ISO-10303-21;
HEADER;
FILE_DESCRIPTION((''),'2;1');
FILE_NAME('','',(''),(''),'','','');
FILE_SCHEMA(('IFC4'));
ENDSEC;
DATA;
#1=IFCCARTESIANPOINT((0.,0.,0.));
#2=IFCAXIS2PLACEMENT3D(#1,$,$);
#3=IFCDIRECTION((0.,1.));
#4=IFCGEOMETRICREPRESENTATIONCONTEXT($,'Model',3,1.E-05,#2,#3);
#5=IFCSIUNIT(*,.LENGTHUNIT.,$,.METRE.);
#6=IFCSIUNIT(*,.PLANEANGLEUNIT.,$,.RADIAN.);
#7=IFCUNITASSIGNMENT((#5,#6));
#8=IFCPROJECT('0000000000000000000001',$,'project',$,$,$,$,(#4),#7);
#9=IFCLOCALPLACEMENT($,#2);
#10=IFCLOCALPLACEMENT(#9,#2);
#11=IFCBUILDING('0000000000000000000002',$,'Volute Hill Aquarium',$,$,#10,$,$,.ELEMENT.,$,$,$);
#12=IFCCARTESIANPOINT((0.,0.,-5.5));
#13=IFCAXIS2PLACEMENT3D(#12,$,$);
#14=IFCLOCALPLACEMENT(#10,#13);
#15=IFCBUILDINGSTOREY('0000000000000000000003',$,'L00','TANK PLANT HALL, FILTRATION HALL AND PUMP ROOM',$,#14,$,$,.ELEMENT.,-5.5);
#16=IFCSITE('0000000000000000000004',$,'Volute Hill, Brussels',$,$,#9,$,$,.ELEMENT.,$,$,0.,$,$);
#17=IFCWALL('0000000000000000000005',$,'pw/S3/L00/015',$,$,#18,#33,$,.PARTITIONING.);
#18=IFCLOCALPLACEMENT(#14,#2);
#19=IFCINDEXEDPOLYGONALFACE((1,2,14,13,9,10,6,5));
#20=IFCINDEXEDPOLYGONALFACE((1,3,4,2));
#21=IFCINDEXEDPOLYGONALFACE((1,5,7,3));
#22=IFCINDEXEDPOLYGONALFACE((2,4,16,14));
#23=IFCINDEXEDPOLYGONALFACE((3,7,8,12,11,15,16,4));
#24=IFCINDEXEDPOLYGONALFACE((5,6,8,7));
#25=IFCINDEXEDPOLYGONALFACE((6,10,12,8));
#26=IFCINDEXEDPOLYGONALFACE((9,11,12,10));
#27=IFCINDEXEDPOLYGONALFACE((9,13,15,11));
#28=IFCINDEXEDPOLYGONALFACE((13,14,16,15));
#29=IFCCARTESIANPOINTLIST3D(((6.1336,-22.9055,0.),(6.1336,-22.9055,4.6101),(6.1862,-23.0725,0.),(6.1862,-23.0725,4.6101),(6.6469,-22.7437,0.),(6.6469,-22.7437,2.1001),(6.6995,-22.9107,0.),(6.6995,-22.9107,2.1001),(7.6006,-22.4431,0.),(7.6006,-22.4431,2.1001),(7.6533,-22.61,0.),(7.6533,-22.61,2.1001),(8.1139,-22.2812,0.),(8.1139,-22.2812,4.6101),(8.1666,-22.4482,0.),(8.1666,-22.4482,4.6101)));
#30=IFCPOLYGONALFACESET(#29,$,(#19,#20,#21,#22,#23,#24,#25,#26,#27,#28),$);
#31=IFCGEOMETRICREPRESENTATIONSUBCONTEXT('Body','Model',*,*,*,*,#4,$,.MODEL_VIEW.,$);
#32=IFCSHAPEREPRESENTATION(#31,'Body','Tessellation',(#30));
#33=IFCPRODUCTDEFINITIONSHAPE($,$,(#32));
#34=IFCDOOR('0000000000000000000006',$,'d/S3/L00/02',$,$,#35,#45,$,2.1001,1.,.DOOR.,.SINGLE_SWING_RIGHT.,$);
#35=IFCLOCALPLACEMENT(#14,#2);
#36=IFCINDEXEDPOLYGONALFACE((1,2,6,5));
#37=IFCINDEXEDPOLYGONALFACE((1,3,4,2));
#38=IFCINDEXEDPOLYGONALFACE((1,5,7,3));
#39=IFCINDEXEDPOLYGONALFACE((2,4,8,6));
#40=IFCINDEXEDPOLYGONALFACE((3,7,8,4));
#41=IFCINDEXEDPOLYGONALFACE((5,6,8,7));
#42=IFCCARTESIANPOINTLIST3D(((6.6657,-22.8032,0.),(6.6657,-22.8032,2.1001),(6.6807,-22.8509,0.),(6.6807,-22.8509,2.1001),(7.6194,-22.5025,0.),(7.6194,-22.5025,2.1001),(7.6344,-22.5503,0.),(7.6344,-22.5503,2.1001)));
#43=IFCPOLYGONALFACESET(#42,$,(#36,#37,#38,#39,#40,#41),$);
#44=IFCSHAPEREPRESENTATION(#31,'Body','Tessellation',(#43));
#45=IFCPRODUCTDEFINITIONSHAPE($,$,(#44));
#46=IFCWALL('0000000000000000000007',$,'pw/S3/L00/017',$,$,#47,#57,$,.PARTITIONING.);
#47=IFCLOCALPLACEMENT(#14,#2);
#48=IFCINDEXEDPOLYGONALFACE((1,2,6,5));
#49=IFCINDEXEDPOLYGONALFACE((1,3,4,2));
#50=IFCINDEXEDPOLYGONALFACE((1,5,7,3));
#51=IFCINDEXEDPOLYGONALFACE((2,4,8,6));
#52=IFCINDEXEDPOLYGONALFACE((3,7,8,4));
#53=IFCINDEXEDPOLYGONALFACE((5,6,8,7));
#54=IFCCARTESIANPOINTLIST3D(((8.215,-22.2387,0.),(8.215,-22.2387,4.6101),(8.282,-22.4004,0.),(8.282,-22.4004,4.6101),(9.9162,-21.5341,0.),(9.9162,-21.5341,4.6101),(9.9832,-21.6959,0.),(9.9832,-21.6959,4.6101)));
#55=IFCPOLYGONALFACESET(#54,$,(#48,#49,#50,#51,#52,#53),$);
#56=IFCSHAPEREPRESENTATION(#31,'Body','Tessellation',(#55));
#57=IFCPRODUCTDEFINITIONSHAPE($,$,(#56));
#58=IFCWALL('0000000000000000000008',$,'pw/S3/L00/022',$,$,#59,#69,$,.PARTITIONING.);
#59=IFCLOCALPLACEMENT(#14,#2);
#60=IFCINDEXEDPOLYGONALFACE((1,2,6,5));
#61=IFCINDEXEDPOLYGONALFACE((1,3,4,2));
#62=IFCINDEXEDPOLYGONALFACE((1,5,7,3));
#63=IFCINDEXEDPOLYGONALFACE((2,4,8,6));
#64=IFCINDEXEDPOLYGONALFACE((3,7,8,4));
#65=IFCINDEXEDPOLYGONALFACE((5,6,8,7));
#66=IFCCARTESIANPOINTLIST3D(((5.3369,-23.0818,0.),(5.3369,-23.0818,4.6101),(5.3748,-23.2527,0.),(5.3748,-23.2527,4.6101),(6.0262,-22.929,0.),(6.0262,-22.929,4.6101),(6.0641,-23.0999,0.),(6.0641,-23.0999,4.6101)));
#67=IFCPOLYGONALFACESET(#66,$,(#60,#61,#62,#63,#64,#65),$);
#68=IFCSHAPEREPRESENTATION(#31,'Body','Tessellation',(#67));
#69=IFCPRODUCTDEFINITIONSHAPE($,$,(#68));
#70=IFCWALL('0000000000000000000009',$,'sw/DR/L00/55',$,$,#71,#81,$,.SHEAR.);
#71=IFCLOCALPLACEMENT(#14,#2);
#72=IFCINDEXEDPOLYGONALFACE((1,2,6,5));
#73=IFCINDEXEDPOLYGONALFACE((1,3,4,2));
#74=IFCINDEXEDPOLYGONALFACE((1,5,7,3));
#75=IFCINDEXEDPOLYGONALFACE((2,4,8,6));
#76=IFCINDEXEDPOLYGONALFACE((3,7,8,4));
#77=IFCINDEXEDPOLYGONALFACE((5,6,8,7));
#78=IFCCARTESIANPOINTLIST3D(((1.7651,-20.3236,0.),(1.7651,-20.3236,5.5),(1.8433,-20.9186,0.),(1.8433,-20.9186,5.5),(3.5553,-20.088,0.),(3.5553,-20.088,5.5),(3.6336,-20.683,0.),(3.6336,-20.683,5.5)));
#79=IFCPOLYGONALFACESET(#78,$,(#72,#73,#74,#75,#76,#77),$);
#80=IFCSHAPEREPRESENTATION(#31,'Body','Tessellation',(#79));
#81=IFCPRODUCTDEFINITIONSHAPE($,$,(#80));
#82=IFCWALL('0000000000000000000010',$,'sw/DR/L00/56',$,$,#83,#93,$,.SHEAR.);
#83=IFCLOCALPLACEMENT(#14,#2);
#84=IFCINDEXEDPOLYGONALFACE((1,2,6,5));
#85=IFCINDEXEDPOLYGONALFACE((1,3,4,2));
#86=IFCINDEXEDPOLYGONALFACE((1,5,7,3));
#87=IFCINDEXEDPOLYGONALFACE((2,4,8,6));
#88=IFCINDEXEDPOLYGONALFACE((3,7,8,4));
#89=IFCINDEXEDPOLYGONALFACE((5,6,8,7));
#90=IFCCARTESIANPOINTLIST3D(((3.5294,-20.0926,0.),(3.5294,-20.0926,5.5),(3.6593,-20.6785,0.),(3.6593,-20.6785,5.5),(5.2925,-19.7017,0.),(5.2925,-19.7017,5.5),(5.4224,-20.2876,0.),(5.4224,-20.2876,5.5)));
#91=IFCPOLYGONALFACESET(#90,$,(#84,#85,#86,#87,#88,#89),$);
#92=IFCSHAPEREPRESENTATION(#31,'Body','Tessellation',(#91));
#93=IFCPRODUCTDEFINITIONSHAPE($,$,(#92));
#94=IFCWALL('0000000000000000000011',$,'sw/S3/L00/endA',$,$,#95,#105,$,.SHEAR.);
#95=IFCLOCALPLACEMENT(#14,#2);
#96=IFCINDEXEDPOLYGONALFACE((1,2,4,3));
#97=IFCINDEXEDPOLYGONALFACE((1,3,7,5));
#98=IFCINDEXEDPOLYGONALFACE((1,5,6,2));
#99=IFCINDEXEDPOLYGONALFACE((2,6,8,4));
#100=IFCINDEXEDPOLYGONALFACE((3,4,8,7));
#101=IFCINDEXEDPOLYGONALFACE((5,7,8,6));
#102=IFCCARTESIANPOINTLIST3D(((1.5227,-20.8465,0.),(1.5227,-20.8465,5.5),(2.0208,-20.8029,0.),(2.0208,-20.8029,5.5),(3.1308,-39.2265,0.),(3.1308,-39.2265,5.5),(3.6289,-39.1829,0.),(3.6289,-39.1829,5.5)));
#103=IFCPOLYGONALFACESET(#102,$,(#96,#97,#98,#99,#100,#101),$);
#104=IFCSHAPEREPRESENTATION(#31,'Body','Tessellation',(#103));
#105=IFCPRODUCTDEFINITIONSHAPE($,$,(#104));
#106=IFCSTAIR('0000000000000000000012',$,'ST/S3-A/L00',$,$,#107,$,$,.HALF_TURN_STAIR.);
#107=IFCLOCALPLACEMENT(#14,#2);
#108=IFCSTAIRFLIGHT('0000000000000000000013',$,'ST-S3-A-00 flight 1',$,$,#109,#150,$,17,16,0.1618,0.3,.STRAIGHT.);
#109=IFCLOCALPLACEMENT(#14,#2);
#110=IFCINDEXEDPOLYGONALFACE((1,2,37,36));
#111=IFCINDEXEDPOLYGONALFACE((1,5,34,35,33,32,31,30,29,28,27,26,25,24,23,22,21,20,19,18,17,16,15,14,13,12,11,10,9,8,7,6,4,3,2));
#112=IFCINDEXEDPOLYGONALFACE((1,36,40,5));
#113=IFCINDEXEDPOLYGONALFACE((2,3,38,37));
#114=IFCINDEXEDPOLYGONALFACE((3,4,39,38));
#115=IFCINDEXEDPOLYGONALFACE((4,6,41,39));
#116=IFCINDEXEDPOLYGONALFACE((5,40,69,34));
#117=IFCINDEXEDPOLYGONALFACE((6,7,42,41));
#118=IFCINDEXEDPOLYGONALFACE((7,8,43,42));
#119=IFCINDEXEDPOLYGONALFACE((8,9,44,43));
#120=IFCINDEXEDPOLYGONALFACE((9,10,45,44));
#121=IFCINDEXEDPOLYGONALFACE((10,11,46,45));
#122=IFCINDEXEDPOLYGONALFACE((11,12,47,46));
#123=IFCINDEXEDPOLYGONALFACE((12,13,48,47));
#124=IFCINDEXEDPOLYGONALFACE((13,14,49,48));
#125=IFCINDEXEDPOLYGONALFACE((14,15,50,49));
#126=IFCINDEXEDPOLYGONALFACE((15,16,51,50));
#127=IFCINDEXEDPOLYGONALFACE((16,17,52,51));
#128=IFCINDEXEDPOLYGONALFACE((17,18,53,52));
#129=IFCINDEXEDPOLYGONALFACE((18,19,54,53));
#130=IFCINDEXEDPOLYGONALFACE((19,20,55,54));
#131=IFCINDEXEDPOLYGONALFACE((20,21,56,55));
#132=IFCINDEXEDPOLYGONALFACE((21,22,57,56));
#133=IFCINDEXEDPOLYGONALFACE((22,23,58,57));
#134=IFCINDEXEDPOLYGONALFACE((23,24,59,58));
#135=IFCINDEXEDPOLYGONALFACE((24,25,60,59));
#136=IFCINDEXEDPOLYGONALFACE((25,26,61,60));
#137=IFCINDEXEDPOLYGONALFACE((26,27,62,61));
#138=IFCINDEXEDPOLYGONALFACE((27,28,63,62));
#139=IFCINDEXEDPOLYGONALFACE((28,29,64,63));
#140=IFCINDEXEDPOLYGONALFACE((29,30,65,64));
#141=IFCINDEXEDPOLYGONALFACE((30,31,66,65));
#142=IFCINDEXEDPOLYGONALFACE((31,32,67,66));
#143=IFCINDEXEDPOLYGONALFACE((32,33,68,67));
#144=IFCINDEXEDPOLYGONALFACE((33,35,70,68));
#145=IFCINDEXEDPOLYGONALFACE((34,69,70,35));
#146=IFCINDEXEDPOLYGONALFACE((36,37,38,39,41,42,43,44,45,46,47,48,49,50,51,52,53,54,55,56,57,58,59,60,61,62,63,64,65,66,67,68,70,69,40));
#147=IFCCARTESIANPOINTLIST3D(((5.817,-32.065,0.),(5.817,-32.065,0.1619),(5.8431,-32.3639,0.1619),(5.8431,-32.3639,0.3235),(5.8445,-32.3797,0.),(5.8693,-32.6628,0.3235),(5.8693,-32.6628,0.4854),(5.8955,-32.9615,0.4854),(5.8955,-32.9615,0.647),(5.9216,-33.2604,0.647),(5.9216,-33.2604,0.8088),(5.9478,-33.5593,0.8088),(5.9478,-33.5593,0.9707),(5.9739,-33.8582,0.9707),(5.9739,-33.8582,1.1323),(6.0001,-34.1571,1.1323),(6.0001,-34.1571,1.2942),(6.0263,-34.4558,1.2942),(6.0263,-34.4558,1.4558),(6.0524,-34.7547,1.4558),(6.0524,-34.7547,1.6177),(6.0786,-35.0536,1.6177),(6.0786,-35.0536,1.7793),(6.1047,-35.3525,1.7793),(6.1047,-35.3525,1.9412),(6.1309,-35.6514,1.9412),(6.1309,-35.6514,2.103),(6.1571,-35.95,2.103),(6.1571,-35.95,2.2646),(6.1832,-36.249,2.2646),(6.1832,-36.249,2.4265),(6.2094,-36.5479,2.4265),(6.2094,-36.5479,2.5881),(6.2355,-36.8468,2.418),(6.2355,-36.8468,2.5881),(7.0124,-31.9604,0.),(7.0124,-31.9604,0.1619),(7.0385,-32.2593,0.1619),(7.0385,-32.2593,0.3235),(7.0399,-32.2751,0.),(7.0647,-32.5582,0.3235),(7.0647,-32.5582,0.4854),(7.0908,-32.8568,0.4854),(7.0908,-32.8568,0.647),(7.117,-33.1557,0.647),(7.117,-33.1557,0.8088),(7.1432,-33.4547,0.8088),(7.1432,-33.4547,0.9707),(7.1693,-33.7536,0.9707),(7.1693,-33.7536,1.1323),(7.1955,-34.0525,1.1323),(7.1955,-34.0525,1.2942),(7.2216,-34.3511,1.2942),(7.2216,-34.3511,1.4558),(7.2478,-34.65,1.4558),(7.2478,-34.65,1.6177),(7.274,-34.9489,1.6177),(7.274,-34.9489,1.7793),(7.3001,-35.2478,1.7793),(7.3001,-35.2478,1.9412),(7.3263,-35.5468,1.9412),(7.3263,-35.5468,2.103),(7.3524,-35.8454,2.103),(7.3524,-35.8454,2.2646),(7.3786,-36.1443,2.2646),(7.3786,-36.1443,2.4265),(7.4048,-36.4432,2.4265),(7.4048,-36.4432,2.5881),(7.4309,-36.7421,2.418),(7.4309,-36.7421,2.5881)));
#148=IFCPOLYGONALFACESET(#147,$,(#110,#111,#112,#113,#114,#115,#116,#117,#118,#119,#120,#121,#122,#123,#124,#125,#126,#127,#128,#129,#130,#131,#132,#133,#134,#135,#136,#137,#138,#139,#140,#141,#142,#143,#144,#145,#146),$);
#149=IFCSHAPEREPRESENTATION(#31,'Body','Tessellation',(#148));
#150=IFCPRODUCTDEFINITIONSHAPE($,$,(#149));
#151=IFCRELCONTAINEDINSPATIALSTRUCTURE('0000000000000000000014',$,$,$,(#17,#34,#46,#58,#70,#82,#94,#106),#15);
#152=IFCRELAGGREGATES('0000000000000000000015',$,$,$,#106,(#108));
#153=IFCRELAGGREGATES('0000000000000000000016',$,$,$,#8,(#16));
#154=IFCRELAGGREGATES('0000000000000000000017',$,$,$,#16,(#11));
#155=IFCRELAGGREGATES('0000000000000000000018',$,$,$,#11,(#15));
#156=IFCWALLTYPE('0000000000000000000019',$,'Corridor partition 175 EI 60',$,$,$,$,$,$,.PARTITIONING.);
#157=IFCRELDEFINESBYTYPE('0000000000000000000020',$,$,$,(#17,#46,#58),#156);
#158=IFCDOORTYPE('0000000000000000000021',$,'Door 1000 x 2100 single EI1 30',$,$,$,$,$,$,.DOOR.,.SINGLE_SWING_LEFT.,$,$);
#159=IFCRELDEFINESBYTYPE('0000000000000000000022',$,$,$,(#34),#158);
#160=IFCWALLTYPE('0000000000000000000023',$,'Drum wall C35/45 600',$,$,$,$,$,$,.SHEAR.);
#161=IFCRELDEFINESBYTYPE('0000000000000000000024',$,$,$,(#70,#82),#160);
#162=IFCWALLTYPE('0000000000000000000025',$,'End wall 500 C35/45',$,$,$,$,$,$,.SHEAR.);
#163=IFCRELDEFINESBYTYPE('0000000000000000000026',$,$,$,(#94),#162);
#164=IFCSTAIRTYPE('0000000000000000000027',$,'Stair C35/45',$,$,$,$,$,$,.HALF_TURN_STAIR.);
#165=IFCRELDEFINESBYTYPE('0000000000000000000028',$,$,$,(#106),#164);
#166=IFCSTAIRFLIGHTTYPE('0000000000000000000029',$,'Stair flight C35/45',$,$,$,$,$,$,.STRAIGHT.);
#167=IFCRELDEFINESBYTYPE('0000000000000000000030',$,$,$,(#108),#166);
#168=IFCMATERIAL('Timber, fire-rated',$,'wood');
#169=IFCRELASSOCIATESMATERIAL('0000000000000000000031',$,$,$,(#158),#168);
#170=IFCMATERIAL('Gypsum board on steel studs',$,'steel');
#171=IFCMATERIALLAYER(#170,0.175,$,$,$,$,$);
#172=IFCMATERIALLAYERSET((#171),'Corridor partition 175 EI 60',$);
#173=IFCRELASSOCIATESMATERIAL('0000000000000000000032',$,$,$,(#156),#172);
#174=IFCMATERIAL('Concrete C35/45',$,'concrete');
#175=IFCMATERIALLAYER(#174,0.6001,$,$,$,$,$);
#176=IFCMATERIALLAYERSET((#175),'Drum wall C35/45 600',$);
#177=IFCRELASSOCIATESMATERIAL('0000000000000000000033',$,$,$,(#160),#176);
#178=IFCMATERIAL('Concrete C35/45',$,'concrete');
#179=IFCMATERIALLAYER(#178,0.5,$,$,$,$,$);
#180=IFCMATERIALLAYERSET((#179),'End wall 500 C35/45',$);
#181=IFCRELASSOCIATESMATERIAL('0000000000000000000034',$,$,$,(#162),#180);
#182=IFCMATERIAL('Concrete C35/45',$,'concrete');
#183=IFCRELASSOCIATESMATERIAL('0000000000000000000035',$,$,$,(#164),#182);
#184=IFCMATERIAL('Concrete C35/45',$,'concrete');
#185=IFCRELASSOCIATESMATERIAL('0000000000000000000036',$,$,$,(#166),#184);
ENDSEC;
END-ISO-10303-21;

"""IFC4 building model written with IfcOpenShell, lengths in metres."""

from ifc_helpers import new_model, si_unit, direction, frame, frame_2d, origin, place, context, subcontext, project, spatial, polyline, rectangle, outline, extrude, material, layer, layer_set, type_object, element, fill, aggregate, save


model = new_model("IFC4")

# Units and contexts
model_context = context("Model", 3, precision=1e-05, world=origin(), true_north=direction((0.0, 1.0)))
body_context = subcontext(model_context, "Body", "Model", "MODEL_VIEW")
ifc_project = project(units=[si_unit("LENGTHUNIT", "METRE"), si_unit("PLANEANGLEUNIT", "RADIAN")], contexts=[model_context])

# Site, building, storey
site_placement = place(None, origin())
site = spatial("IfcSite", under=ifc_project, at=site_placement, Name="Volute Hill, Brussels", CompositionType="ELEMENT", RefElevation=0.0)
building_placement = place(site_placement, origin())
building = spatial("IfcBuilding", under=site, at=building_placement, Name="Volute Hill Aquarium", CompositionType="ELEMENT")
storey_placement = place(building_placement, frame((0.0, 0.0, -5.5)))
storey = spatial("IfcBuildingStorey", under=building, at=storey_placement, Name="L00", Description="TANK PLANT HALL, FILTRATION HALL AND PUMP ROOM", CompositionType="ELEMENT", Elevation=-5.5)

# Shared definitions
ifc_material_1 = material(Name="Timber, fire-rated", Category="wood")
door_type = type_object("IfcDoorType", Name="Door 1000 x 2100 single EI1 30", OperationType="SINGLE_SWING_LEFT", PredefinedType="DOOR", material=ifc_material_1)

# Wall, opening, door
ifc_material_2 = material(Name="Gypsum board on steel studs", Category="steel")
ifc_layer_1 = layer(ifc_material_2, 0.175)
ifc_layer_set_1 = layer_set([ifc_layer_1], Name="Corridor partition 175 EI 60")
wall_type_1 = type_object("IfcWallType", Name="Corridor partition 175 EI 60", PredefinedType="PARTITIONING", material=ifc_layer_set_1)
wall_1_placement = place(storey_placement, frame((8.1401, -22.3647, 0.0), z_axis=(0.0, 0.0, 1.0), x_axis=(-0.95373, -0.300664, 0.0)))
wall_1 = element("IfcWall", 1, at=wall_1_placement, inside=storey, type_object=wall_type_1, Name="pw/S3/L00/015", PredefinedType="PARTITIONING", context=body_context, shape_type="SweptSolid", body=[
    extrude(rectangle(XDim=2.0764, YDim=0.175, at=frame_2d((1.0381, 0.0))), origin(), (0.0, 0.0, 1.0), 4.6101),
])
opening_1_placement = place(wall_1_placement, frame((0.5381, 0.0, 0.0)))
opening_1 = element("IfcOpeningElement", 2, at=opening_1_placement, cuts=wall_1, PredefinedType="OPENING", context=body_context, shape_type="SweptSolid", body=[
    extrude(rectangle(XDim=1.0, YDim=2.1001, at=frame_2d((0.5, 1.05))), frame((0.0, 0.0974, 0.0), z_axis=(0.0, -1.0, 0.0), x_axis=(1.0, 0.0, 0.0)), (0.0, 0.0, 1.0), 0.1951),
])
door_1_placement = place(opening_1_placement, origin())
door_1 = element("IfcDoor", 3, at=door_1_placement, inside=storey, type_object=door_type, Name="d/S3/L00/02", OperationType="SINGLE_SWING_RIGHT", OverallHeight=2.1001, OverallWidth=1.0, PredefinedType="DOOR", context=body_context, shape_type="SweptSolid", body=[
    extrude(rectangle(XDim=1.0, YDim=2.1001, at=frame_2d((0.5, 1.05))), frame((0.0, 0.0249, 0.0), z_axis=(0.0, -1.0, 0.0), x_axis=(1.0, 0.0, 0.0)), (0.0, 0.0, 1.0), 0.05),
])
fill(opening_1, door_1)

# Walls
wall_2_placement = place(storey_placement, frame((9.9497, -21.615, 0.0), z_axis=(0.0, 0.0, 1.0), x_axis=(-0.923891, -0.382656, 0.0)))
element("IfcWall", 4, at=wall_2_placement, inside=storey, type_object=wall_type_1, Name="pw/S3/L00/017", PredefinedType="PARTITIONING", context=body_context, shape_type="SweptSolid", body=[
    extrude(rectangle(XDim=1.8413, YDim=0.175, at=frame_2d((0.9207, 0.0))), origin(), (0.0, 0.0, 1.0), 4.6101),
])
wall_3_placement = place(storey_placement, frame((6.0452, -23.0144, 0.0), z_axis=(0.0, 0.0, 1.0), x_axis=(-0.976285, -0.216491, 0.0)))
element("IfcWall", 5, at=wall_3_placement, inside=storey, type_object=wall_type_1, Name="pw/S3/L00/022", PredefinedType="PARTITIONING", context=body_context, shape_type="SweptSolid", body=[
    extrude(rectangle(XDim=0.7061, YDim=0.175, at=frame_2d((0.353, 0.0))), origin(), (0.0, 0.0, 1.0), 4.6101),
])
ifc_material_3 = material(Name="Concrete C35/45", Category="concrete")
ifc_layer_2 = layer(ifc_material_3, 0.6001)
ifc_layer_set_2 = layer_set([ifc_layer_2], Name="Drum wall C35/45 600")
wall_type_2 = type_object("IfcWallType", Name="Drum wall C35/45 600", PredefinedType="SHEAR", material=ifc_layer_set_2)
wall_4_placement = place(storey_placement, frame((1.8042, -20.6211, 0.0), z_axis=(0.0, 0.0, 1.0), x_axis=(0.991452, 0.130472, 0.0)))
element("IfcWall", 6, at=wall_4_placement, inside=storey, type_object=wall_type_2, Name="sw/DR/L00/55", PredefinedType="SHEAR", context=body_context, shape_type="SweptSolid", body=[
    extrude(rectangle(XDim=1.8057, YDim=0.6001, at=frame_2d((0.9028, 0.0))), origin(), (0.0, 0.0, 1.0), 5.5),
])
wall_5_placement = place(storey_placement, frame((3.5945, -20.3855, 0.0), z_axis=(0.0, 0.0, 1.0), x_axis=(0.976298, 0.216429, 0.0)))
element("IfcWall", 7, at=wall_5_placement, inside=storey, type_object=wall_type_2, Name="sw/DR/L00/56", PredefinedType="SHEAR", context=body_context, shape_type="SweptSolid", body=[
    extrude(rectangle(XDim=1.8059, YDim=0.6001, at=frame_2d((0.9028, 0.0))), origin(), (0.0, 0.0, 1.0), 5.5),
])
ifc_material_4 = material(Name="Concrete C35/45", Category="concrete")
ifc_layer_3 = layer(ifc_material_4, 0.5)
ifc_layer_set_3 = layer_set([ifc_layer_3], Name="End wall 500 C35/45")
wall_type_3 = type_object("IfcWallType", Name="End wall 500 C35/45", PredefinedType="SHEAR", material=ifc_layer_set_3)
wall_6_placement = place(storey_placement, frame((1.7717, -20.8247, 0.0), z_axis=(0.0, 0.0, 1.0), x_axis=(0.087162, -0.996194, 0.0)))
element("IfcWall", 8, at=wall_6_placement, inside=storey, type_object=wall_type_3, Name="sw/S3/L00/endA", PredefinedType="SHEAR", context=body_context, shape_type="SweptSolid", body=[
    extrude(rectangle(XDim=18.4502, YDim=0.5, at=frame_2d((9.2251, 0.0))), origin(), (0.0, 0.0, 1.0), 5.5),
])

# Stair, stair flight
ifc_material_5 = material(Name="Concrete C35/45", Category="concrete")
stair_type = type_object("IfcStairType", Name="Stair C35/45", PredefinedType="HALF_TURN_STAIR", material=ifc_material_5)
stair_placement = place(storey_placement, origin())
stair = element("IfcStair", 9, at=stair_placement, inside=storey, type_object=stair_type, Name="ST/S3-A/L00", PredefinedType="HALF_TURN_STAIR")
ifc_material_6 = material(Name="Concrete C35/45", Category="concrete")
stair_flight_type = type_object("IfcStairFlightType", Name="Stair flight C35/45", PredefinedType="STRAIGHT", material=ifc_material_6)
stair_flight_placement = place(storey_placement, frame((6.4146, -32.0127, 0.0), z_axis=(0.0, 0.0, 1.0), x_axis=(0.087199, -0.996191, 0.0)))
stair_flight = element("IfcStairFlight", 10, at=stair_flight_placement, type_object=stair_flight_type, Name="ST-S3-A-00 flight 1", NumberOfRisers=17, NumberOfTreads=16, PredefinedType="STRAIGHT", RiserHeight=0.1618, TreadLength=0.3, context=body_context, shape_type="SweptSolid", body=[
    extrude(outline(polyline([(0.0, 0.0), (0.0, 0.1619), (0.3, 0.1619), (0.3, 0.3235), (0.6001, 0.3235), (0.6001, 0.4854), (0.8999, 0.4854), (0.8999, 0.647), (1.2, 0.647), (1.2, 0.8088), (1.5, 0.8088), (1.5, 0.9707), (1.8, 0.9707), (1.8, 1.1323), (2.1001, 1.1323), (2.1001, 1.2942), (2.3999, 1.2942), (2.3999, 1.4558), (2.7, 1.4558), (2.7, 1.6177), (3.0, 1.6177), (3.0, 1.7793), (3.3, 1.7793), (3.3, 1.9412), (3.6001, 1.9412), (3.6001, 2.103), (3.8999, 2.103), (3.8999, 2.2646), (4.2, 2.2646), (4.2, 2.4265), (4.5, 2.4265), (4.5, 2.5881), (4.8, 2.5881), (4.8, 2.75), (4.8, 2.418), (0.3159, 0.0), (0.0, 0.0)])), frame((0.0, 0.6001, 0.0), z_axis=(0.0, -1.0, 0.0), x_axis=(1.0, 0.0, 0.0)), (0.0, 0.0, 1.0), 1.2),
])
aggregate(stair, [stair_flight])

save(model, "model.ifc")
